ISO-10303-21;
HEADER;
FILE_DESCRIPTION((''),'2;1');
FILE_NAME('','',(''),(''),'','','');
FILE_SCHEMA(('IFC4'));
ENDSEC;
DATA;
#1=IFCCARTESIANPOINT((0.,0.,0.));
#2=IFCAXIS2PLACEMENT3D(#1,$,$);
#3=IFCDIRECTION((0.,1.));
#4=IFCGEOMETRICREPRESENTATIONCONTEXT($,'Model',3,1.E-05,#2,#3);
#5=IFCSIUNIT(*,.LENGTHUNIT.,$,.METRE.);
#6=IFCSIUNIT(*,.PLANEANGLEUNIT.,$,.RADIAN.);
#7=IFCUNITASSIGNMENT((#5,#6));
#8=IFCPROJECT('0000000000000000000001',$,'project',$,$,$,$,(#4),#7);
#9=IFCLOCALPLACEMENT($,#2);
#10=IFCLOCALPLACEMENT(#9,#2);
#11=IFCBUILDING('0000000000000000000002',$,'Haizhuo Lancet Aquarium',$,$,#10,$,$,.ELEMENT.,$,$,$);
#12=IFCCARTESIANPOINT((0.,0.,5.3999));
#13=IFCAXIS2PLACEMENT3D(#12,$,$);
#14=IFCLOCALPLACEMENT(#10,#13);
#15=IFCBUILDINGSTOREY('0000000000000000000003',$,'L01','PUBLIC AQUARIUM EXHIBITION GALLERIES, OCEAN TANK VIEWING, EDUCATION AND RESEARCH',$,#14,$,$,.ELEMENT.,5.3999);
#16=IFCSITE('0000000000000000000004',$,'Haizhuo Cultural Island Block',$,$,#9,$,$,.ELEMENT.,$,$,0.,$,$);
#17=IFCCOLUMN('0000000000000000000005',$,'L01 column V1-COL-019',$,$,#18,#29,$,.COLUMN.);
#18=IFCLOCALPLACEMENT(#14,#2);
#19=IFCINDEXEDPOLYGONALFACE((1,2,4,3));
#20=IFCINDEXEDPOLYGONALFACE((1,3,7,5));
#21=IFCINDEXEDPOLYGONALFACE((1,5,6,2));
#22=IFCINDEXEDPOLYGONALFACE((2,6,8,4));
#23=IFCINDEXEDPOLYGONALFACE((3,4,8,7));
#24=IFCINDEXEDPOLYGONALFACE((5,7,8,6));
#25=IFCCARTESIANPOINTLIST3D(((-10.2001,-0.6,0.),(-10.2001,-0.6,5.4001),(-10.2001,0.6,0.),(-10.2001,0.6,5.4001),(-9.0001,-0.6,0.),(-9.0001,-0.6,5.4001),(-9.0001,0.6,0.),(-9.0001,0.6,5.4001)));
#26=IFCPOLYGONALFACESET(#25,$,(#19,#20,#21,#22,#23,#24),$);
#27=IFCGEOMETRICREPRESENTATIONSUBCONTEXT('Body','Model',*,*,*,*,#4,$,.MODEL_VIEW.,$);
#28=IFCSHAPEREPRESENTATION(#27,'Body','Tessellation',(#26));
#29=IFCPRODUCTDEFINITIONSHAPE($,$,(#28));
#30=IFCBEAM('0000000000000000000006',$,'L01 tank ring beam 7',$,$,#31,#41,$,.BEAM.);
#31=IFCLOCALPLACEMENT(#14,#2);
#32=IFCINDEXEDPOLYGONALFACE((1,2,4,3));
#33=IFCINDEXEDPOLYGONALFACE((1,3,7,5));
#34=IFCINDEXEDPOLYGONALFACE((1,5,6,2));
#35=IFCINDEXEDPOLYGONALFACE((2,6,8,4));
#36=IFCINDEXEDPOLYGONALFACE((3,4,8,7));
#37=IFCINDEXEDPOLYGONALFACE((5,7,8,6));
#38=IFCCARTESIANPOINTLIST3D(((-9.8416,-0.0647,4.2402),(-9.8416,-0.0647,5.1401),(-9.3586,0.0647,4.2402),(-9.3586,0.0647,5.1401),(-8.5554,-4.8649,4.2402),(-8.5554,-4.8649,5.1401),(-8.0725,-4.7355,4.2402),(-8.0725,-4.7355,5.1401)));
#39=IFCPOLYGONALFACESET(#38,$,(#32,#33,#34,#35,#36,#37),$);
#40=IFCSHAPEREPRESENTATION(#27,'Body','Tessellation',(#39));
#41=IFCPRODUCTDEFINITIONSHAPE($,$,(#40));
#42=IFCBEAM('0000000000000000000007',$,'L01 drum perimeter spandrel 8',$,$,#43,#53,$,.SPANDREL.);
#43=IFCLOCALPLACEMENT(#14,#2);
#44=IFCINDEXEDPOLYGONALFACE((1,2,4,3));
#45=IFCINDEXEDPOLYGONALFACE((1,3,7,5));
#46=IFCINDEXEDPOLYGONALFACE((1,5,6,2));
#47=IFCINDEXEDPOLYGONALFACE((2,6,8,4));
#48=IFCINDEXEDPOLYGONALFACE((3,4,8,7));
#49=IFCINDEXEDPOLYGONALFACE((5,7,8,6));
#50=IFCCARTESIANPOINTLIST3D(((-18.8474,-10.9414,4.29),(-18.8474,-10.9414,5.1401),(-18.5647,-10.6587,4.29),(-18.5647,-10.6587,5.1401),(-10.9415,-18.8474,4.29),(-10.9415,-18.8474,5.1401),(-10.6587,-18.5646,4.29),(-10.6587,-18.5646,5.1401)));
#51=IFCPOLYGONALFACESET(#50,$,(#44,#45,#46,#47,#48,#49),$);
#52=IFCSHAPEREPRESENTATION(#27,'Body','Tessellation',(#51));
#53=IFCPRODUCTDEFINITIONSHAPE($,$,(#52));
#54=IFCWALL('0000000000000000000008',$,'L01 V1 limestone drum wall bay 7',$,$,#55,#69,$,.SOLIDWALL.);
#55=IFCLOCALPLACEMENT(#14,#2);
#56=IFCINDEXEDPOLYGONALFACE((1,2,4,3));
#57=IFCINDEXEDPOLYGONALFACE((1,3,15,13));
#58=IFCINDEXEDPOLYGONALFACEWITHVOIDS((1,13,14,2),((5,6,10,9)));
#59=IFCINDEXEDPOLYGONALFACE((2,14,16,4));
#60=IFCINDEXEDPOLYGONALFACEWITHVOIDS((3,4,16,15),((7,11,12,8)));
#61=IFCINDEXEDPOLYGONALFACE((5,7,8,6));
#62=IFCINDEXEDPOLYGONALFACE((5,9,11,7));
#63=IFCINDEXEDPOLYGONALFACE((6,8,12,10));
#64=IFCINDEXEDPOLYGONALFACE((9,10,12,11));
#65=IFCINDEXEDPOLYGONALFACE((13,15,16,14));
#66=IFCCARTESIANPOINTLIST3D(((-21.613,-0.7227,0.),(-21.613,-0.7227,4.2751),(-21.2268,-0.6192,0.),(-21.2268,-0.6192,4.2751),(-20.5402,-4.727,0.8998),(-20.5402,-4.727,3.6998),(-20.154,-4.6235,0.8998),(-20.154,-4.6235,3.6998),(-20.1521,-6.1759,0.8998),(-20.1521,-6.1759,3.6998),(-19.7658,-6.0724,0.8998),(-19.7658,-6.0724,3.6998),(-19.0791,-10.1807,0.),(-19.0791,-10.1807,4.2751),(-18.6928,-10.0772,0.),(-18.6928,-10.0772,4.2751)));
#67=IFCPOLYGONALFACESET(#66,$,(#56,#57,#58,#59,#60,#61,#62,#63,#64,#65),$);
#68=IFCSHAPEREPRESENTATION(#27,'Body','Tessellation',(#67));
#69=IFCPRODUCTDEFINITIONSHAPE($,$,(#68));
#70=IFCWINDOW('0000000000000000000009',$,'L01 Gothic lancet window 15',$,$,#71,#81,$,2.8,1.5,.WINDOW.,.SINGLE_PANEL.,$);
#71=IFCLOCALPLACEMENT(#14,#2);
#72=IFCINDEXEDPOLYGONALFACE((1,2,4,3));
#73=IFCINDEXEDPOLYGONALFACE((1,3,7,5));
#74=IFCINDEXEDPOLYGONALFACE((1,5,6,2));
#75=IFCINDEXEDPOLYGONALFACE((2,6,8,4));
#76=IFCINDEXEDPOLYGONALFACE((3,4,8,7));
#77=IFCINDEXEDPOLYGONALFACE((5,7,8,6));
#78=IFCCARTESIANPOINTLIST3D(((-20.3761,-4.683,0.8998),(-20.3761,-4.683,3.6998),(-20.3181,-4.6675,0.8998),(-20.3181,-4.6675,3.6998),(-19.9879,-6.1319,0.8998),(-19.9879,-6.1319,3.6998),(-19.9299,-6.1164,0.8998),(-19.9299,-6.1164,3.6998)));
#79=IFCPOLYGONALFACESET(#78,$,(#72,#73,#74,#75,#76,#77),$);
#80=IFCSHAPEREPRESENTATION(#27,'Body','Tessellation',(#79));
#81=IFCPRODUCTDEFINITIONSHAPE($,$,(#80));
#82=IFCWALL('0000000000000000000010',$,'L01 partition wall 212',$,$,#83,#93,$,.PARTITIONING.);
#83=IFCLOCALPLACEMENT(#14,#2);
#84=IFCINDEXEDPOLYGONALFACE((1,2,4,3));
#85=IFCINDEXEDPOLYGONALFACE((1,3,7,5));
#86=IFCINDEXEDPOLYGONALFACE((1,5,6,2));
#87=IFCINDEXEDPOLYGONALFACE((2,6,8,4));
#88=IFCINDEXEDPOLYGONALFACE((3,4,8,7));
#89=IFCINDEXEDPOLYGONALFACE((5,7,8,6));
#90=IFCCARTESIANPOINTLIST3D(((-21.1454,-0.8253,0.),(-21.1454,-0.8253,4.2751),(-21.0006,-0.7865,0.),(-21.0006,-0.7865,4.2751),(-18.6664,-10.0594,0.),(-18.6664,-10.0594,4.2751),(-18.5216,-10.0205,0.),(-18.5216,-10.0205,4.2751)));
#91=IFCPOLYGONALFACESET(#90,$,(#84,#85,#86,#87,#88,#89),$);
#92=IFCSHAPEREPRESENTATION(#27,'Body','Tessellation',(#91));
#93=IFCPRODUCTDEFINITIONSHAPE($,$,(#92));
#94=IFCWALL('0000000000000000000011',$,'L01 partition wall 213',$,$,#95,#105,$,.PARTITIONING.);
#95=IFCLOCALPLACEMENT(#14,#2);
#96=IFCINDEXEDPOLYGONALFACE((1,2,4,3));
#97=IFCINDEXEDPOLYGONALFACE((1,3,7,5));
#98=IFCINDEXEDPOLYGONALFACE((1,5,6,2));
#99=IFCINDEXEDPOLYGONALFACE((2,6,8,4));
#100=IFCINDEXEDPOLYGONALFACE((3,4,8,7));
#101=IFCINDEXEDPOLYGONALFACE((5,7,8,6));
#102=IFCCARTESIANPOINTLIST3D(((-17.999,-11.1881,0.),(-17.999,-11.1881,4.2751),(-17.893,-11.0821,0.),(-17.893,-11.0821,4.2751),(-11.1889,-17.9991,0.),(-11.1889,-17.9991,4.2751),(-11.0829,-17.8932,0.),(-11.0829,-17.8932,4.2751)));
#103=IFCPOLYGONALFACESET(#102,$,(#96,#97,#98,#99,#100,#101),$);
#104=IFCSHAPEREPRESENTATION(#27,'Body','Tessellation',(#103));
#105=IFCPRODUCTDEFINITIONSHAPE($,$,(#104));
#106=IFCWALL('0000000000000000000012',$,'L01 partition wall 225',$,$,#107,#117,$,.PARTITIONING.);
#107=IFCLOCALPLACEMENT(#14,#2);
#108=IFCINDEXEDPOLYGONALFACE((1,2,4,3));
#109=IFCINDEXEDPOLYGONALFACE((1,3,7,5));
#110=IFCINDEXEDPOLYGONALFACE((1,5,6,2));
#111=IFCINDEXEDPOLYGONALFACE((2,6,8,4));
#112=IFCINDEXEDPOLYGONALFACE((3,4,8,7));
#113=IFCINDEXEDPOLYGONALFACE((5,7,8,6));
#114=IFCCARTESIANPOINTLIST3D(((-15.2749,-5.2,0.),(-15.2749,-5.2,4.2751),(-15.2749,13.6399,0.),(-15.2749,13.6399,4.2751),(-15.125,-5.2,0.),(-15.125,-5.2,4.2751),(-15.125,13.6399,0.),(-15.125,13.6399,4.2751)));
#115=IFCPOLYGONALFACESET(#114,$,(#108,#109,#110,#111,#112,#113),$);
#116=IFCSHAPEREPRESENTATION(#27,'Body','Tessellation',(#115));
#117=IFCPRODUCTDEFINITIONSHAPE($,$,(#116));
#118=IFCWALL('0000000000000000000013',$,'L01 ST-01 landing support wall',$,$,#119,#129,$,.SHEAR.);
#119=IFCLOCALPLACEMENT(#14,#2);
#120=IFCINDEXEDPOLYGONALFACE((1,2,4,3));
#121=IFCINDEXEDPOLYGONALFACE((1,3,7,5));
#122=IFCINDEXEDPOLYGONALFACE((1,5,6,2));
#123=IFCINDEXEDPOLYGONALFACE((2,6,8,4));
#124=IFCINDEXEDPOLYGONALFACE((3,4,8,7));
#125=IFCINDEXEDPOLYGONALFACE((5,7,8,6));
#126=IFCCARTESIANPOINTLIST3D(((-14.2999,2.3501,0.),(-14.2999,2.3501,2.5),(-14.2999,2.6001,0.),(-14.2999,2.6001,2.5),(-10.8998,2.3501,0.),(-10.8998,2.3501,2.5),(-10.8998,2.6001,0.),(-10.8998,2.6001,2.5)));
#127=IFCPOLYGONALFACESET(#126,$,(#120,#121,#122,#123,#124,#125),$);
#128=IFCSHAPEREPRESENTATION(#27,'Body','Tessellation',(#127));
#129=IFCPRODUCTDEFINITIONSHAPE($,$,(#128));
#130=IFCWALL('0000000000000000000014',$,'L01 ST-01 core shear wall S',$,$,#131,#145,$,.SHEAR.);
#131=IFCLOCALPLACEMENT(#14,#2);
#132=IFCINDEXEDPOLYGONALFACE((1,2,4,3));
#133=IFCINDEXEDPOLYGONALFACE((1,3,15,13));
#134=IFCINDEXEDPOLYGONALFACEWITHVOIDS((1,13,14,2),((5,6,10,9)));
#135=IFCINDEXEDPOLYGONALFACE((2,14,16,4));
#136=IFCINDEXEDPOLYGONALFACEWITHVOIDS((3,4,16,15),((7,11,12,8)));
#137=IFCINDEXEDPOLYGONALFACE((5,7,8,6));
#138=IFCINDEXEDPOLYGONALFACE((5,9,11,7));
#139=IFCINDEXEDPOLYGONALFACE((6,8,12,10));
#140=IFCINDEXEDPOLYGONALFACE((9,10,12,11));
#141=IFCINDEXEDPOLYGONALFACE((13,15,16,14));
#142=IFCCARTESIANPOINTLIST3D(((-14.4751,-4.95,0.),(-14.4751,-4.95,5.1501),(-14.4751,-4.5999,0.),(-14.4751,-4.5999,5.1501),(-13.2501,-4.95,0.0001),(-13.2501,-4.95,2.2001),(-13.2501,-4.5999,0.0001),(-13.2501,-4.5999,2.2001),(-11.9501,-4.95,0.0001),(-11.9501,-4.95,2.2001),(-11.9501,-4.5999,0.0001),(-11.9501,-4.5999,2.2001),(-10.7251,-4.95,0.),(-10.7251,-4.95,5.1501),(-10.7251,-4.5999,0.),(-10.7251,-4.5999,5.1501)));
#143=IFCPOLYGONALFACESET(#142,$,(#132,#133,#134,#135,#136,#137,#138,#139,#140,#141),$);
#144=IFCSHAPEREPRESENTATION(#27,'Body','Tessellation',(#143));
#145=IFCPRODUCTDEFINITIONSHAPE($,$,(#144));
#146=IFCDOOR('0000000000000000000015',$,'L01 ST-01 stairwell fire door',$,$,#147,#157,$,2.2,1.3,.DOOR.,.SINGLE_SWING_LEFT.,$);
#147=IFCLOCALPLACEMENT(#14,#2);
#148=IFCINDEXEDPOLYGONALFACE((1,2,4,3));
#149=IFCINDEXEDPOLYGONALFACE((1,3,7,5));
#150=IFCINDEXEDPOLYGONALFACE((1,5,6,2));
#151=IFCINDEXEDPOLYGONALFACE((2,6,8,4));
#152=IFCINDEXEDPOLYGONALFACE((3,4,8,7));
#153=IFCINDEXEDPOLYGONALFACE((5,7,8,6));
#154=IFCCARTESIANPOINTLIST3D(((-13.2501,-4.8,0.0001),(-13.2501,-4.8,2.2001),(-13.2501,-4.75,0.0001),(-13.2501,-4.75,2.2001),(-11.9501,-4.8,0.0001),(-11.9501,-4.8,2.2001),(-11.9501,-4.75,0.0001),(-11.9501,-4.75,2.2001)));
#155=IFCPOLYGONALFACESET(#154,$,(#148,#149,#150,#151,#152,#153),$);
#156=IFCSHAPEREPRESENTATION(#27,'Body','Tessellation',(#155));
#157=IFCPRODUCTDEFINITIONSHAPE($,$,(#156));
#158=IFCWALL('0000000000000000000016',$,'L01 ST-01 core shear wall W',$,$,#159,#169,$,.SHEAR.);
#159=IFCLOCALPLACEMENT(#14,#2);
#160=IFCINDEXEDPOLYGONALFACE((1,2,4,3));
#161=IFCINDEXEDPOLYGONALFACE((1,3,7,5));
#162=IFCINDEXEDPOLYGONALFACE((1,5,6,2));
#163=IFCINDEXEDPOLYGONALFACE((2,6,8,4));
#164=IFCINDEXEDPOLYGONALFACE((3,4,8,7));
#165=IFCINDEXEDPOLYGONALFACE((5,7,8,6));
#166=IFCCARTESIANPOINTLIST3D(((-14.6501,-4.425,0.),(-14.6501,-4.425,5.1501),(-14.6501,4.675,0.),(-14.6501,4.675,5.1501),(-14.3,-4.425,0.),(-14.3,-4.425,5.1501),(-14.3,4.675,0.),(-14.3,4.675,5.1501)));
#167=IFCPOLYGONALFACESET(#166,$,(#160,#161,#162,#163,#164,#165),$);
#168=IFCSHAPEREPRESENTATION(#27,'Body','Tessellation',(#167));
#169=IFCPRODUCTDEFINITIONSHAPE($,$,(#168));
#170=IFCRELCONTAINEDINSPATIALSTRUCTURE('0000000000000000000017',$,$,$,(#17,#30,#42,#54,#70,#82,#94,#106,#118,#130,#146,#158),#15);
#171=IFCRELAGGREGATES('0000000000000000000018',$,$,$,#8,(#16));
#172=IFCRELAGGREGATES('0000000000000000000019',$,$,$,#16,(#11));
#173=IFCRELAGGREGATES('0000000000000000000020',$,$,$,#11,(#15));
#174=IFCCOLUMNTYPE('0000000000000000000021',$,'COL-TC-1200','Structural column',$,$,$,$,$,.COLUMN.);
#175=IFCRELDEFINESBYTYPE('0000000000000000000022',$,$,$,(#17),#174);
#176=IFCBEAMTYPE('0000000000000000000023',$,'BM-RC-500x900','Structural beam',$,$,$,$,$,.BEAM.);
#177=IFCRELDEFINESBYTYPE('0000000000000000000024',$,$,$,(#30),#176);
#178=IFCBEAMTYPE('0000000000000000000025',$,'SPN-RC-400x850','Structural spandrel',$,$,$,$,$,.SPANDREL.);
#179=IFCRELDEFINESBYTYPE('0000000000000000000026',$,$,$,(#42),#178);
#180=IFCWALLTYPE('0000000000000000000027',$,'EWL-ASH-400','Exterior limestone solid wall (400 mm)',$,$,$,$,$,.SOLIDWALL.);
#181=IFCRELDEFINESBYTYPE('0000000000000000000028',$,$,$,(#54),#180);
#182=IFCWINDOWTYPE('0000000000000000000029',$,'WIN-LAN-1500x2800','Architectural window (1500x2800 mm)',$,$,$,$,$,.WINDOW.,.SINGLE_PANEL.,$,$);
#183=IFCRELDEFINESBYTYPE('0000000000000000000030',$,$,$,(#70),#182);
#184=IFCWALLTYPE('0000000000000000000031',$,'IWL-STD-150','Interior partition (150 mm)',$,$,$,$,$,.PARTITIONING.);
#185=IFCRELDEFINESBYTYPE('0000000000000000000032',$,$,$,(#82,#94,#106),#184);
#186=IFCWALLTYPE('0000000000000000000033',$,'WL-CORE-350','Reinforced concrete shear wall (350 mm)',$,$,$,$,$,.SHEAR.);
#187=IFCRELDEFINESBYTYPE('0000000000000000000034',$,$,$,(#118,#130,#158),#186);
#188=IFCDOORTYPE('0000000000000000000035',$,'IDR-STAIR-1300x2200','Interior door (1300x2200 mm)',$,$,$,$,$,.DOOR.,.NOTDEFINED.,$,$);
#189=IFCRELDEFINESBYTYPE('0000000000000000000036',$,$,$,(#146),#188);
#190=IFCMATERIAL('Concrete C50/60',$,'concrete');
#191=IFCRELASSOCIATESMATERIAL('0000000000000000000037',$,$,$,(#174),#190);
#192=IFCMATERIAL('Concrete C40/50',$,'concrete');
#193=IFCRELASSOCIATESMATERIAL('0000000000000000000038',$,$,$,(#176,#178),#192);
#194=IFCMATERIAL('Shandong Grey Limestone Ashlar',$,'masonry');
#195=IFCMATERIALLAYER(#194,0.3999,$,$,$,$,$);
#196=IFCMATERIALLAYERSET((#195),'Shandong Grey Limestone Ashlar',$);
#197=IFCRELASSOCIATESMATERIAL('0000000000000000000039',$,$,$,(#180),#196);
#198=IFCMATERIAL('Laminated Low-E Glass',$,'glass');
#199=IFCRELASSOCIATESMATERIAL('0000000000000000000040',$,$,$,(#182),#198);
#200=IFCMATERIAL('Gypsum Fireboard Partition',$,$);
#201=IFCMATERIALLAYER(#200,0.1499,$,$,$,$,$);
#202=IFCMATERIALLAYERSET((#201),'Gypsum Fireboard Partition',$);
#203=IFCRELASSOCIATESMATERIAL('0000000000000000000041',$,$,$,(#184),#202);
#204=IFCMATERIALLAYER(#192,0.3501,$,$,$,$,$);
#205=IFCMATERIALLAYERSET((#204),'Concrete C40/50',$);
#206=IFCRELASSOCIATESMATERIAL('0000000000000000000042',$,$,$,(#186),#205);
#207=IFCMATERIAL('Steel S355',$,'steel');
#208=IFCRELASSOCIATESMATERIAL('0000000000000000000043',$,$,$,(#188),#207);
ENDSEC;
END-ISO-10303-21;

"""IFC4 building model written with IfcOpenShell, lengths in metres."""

from ifc_helpers import new_model, si_unit, direction, frame, frame_2d, origin, origin_2d, place, context, subcontext, project, spatial, rectangle, extrude, material, layer, layer_set, material_profile, profile_set, type_object, element, fill, save


model = new_model("IFC4")

# Units and contexts
model_context = context("Model", 3, precision=1e-05, world=origin(), true_north=direction((0.0, 1.0)))
body_context = subcontext(model_context, "Body", "Model", "MODEL_VIEW")
ifc_project = project(units=[si_unit("LENGTHUNIT", "METRE"), si_unit("PLANEANGLEUNIT", "RADIAN")], contexts=[model_context])

# Site, building, storey
site_placement = place(None, origin())
site = spatial("IfcSite", under=ifc_project, at=site_placement, Name="Haizhuo Cultural Island Block", CompositionType="ELEMENT", RefElevation=0.0)
building_placement = place(site_placement, origin())
building = spatial("IfcBuilding", under=site, at=building_placement, Name="Haizhuo Lancet Aquarium", CompositionType="ELEMENT")
storey_placement = place(building_placement, frame((0.0, 0.0, 5.3999)))
storey = spatial("IfcBuildingStorey", under=building, at=storey_placement, Name="L01", Description="PUBLIC AQUARIUM EXHIBITION GALLERIES, OCEAN TANK VIEWING, EDUCATION AND RESEARCH", CompositionType="ELEMENT", Elevation=5.3999)

# Column
ifc_material_1 = material(Name="Concrete C50/60", Category="concrete")
ifc_material_profile_1 = material_profile(ifc_material_1, rectangle(XDim=1.2, YDim=1.2, at=origin_2d()), Name="RC-COL 1200x1200")
ifc_profile_set_1 = profile_set([ifc_material_profile_1], Name="Concrete C50/60")
column_type_1 = type_object("IfcColumnType", Name="COL-TC-1200", Description="Structural column", PredefinedType="COLUMN", material=ifc_profile_set_1)
column_1_placement = place(storey_placement, frame((-9.6001, 0.0, 0.0), z_axis=(0.0, 0.0, 1.0), x_axis=(-1.0, 0.0, 0.0)))
element("IfcColumn", 1, at=column_1_placement, inside=storey, type_object=column_type_1, Name="L01 column V1-COL-019", PredefinedType="COLUMN", context=body_context, shape_type="SweptSolid", body=[
    extrude(rectangle(XDim=1.2, YDim=1.2, at=origin_2d()), origin(), (0.0, 0.0, 1.0), 5.4001),
])

# Beams
ifc_material_2 = material(Name="Concrete C40/50", Category="concrete")
ifc_material_profile_2 = material_profile(ifc_material_2, rectangle(XDim=0.5, YDim=0.8999, at=origin_2d()), Name="RC-BM 500x900")
ifc_profile_set_2 = profile_set([ifc_material_profile_2], Name="Concrete C40/50")
beam_type_1 = type_object("IfcBeamType", Name="BM-RC-500x900", Description="Structural beam", PredefinedType="BEAM", material=ifc_profile_set_2)
beam_1_placement = place(storey_placement, frame((-9.6001, 0.0, 4.6902), z_axis=(0.258812, -0.965928, 0.0), x_axis=(0.965928, 0.258812, 0.0)))
element("IfcBeam", 2, at=beam_1_placement, inside=storey, type_object=beam_type_1, Name="L01 tank ring beam 7", PredefinedType="BEAM", context=body_context, shape_type="SweptSolid", body=[
    extrude(rectangle(XDim=0.5, YDim=0.8999, at=origin_2d()), origin(), (0.0, 0.0, 1.0), 4.9695),
])
ifc_material_profile_3 = material_profile(ifc_material_2, rectangle(XDim=0.3999, YDim=0.8501, at=origin_2d()), Name="RC-SP 400x850")
ifc_profile_set_3 = profile_set([ifc_material_profile_3], Name="Concrete C40/50")
beam_type_2 = type_object("IfcBeamType", Name="SPN-RC-400x850", Description="Structural spandrel", PredefinedType="SPANDREL", material=ifc_profile_set_3)
beam_2_placement = place(storey_placement, frame((-18.7061, -10.8, 4.7151), z_axis=(0.707107, -0.707107, 0.0), x_axis=(0.707107, 0.707107, 0.0)))
element("IfcBeam", 3, at=beam_2_placement, inside=storey, type_object=beam_type_2, Name="L01 drum perimeter spandrel 8", PredefinedType="SPANDREL", context=body_context, shape_type="SweptSolid", body=[
    extrude(rectangle(XDim=0.3999, YDim=0.8501, at=origin_2d()), origin(), (0.0, 0.0, 1.0), 11.1807),
])

# Wall, opening, window
ifc_material_3 = material(Name="Shandong Grey Limestone Ashlar", Category="masonry")
ifc_layer_1 = layer(ifc_material_3, 0.3999)
ifc_layer_set_1 = layer_set([ifc_layer_1], Name="Shandong Grey Limestone Ashlar")
wall_type_1 = type_object("IfcWallType", Name="EWL-ASH-400", Description="Exterior limestone solid wall (400 mm)", PredefinedType="SOLIDWALL", material=ifc_layer_set_1)
wall_1_placement = place(storey_placement, frame((-18.886, -10.1289, 0.0), z_axis=(0.0, 0.0, 1.0), x_axis=(-0.258788, 0.965934, 0.0)))
wall_1 = element("IfcWall", 4, at=wall_1_placement, inside=storey, type_object=wall_type_1, Name="L01 V1 limestone drum wall bay 7", PredefinedType="SOLIDWALL", context=body_context, shape_type="SweptSolid", body=[
    extrude(rectangle(XDim=9.7915, YDim=0.3999, at=frame_2d((4.8958, 0.0))), origin(), (0.0, 0.0, 1.0), 4.2751),
])
opening_1_placement = place(wall_1_placement, frame((4.146, 0.0, 0.8999)))
opening_1 = element("IfcOpeningElement", 5, at=opening_1_placement, cuts=wall_1, PredefinedType="OPENING", context=body_context, shape_type="SweptSolid", body=[
    extrude(rectangle(XDim=1.5, YDim=2.8, at=frame_2d((0.75, 1.3999))), frame((0.0, 0.21, 0.0), z_axis=(0.0, -1.0, 0.0), x_axis=(1.0, 0.0, 0.0)), (0.0, 0.0, 1.0), 0.4199),
])
ifc_material_4 = material(Name="Laminated Low-E Glass", Category="glass")
window_type = type_object("IfcWindowType", Name="WIN-LAN-1500x2800", Description="Architectural window (1500x2800 mm)", PartitioningType="SINGLE_PANEL", PredefinedType="WINDOW", material=ifc_material_4)
window_placement = place(opening_1_placement, origin())
window = element("IfcWindow", 6, at=window_placement, inside=storey, type_object=window_type, Name="L01 Gothic lancet window 15", OverallHeight=2.8, OverallWidth=1.5, PartitioningType="SINGLE_PANEL", PredefinedType="WINDOW", context=body_context, shape_type="SweptSolid", body=[
    extrude(rectangle(XDim=1.5, YDim=2.8, at=frame_2d((0.75, 1.3999))), frame((0.0, 0.03, 0.0), z_axis=(0.0, -1.0, 0.0), x_axis=(1.0, 0.0, 0.0)), (0.0, 0.0, 1.0), 0.0601),
])
fill(opening_1, window)

# Walls
ifc_material_5 = material(Name="Gypsum Fireboard Partition")
ifc_layer_2 = layer(ifc_material_5, 0.1499)
ifc_layer_set_2 = layer_set([ifc_layer_2], Name="Gypsum Fireboard Partition")
wall_type_2 = type_object("IfcWallType", Name="IWL-STD-150", Description="Interior partition (150 mm)", PredefinedType="PARTITIONING", material=ifc_layer_set_2)
wall_2_placement = place(storey_placement, frame((-21.073, -0.8059, 0.0), z_axis=(0.0, 0.0, 1.0), x_axis=(0.25928, -0.965802, 0.0)))
element("IfcWall", 7, at=wall_2_placement, inside=storey, type_object=wall_type_2, Name="L01 partition wall 212", PredefinedType="PARTITIONING", context=body_context, shape_type="SweptSolid", body=[
    extrude(rectangle(XDim=9.561, YDim=0.1499, at=frame_2d((4.7805, 0.0))), origin(), (0.0, 0.0, 1.0), 4.2751),
])
wall_3_placement = place(storey_placement, frame((-17.946, -11.135, 0.0), z_axis=(0.0, 0.0, 1.0), x_axis=(0.707056, -0.707157, 0.0)))
element("IfcWall", 8, at=wall_3_placement, inside=storey, type_object=wall_type_2, Name="L01 partition wall 213", PredefinedType="PARTITIONING", context=body_context, shape_type="SweptSolid", body=[
    extrude(rectangle(XDim=9.6316, YDim=0.1499, at=frame_2d((4.8159, 0.0))), origin(), (0.0, 0.0, 1.0), 4.2751),
])
wall_4_placement = place(storey_placement, frame((-15.2, -5.2, 0.0), z_axis=(0.0, 0.0, 1.0), x_axis=(0.0, 1.0, 0.0)))
element("IfcWall", 9, at=wall_4_placement, inside=storey, type_object=wall_type_2, Name="L01 partition wall 225", PredefinedType="PARTITIONING", context=body_context, shape_type="SweptSolid", body=[
    extrude(rectangle(XDim=18.8398, YDim=0.1499, at=frame_2d((9.4199, 0.0))), origin(), (0.0, 0.0, 1.0), 4.2751),
])
ifc_layer_3 = layer(ifc_material_2, 0.3501)
ifc_layer_set_3 = layer_set([ifc_layer_3], Name="Concrete C40/50")
wall_type_3 = type_object("IfcWallType", Name="WL-CORE-350", Description="Reinforced concrete shear wall (350 mm)", PredefinedType="SHEAR", material=ifc_layer_set_3)
wall_5_placement = place(storey_placement, frame((-14.3, 2.4751, 0.0), z_axis=(0.0, 0.0, 1.0), x_axis=(1.0, 0.0, 0.0)))
element("IfcWall", 10, at=wall_5_placement, inside=storey, type_object=wall_type_3, Name="L01 ST-01 landing support wall", PredefinedType="SHEAR", context=body_context, shape_type="SweptSolid", body=[
    extrude(rectangle(XDim=3.4001, YDim=0.25, at=frame_2d((1.7002, 0.0))), origin(), (0.0, 0.0, 1.0), 2.5),
])

# Wall, opening, door
wall_6_placement = place(storey_placement, frame((-14.4751, -4.7749, 0.0), z_axis=(0.0, 0.0, 1.0), x_axis=(1.0, 0.0, 0.0)))
wall_6 = element("IfcWall", 11, at=wall_6_placement, inside=storey, type_object=wall_type_3, Name="L01 ST-01 core shear wall S", PredefinedType="SHEAR", context=body_context, shape_type="SweptSolid", body=[
    extrude(rectangle(XDim=3.75, YDim=0.3501, at=frame_2d((1.875, 0.0))), origin(), (0.0, 0.0, 1.0), 5.1501),
])
opening_2_placement = place(wall_6_placement, frame((1.2251, 0.0, 0.0)))
opening_2 = element("IfcOpeningElement", 12, at=opening_2_placement, cuts=wall_6, PredefinedType="OPENING", context=body_context, shape_type="SweptSolid", body=[
    extrude(rectangle(XDim=1.3, YDim=2.2, at=frame_2d((0.6499, 1.1001))), frame((0.0, 0.1851, 0.0), z_axis=(0.0, -1.0, 0.0), x_axis=(1.0, 0.0, 0.0)), (0.0, 0.0, 1.0), 0.3701),
])
ifc_material_6 = material(Name="Steel S355", Category="steel")
door_type = type_object("IfcDoorType", Name="IDR-STAIR-1300x2200", Description="Interior door (1300x2200 mm)", OperationType="NOTDEFINED", PredefinedType="DOOR", material=ifc_material_6)
door_placement = place(opening_2_placement, origin())
door = element("IfcDoor", 13, at=door_placement, inside=storey, type_object=door_type, Name="L01 ST-01 stairwell fire door", OperationType="SINGLE_SWING_LEFT", OverallHeight=2.2, OverallWidth=1.3, PredefinedType="DOOR", context=body_context, shape_type="SweptSolid", body=[
    extrude(rectangle(XDim=1.3, YDim=2.2, at=frame_2d((0.6499, 1.1001))), frame((0.0, 0.0249, 0.0), z_axis=(0.0, -1.0, 0.0), x_axis=(1.0, 0.0, 0.0)), (0.0, 0.0, 1.0), 0.05),
])
fill(opening_2, door)

# Wall
for number, where, z_axis, x_axis, name in (
    (14, (-14.4751, -4.425, 0.0), (0.0, 0.0, 1.0), (0.0, 1.0, 0.0), "L01 ST-01 core shear wall W"),
):
    element("IfcWall", number, at=place(storey_placement, frame(where, z_axis=z_axis, x_axis=x_axis)), inside=storey, type_object=wall_type_3, Name=name, PredefinedType="SHEAR", context=body_context, shape_type="SweptSolid", body=[
        extrude(rectangle(XDim=9.1001, YDim=0.3501, at=frame_2d((4.55, 0.0))), origin(), (0.0, 0.0, 1.0), 5.1501),
    ])

save(model, "model.ifc")
